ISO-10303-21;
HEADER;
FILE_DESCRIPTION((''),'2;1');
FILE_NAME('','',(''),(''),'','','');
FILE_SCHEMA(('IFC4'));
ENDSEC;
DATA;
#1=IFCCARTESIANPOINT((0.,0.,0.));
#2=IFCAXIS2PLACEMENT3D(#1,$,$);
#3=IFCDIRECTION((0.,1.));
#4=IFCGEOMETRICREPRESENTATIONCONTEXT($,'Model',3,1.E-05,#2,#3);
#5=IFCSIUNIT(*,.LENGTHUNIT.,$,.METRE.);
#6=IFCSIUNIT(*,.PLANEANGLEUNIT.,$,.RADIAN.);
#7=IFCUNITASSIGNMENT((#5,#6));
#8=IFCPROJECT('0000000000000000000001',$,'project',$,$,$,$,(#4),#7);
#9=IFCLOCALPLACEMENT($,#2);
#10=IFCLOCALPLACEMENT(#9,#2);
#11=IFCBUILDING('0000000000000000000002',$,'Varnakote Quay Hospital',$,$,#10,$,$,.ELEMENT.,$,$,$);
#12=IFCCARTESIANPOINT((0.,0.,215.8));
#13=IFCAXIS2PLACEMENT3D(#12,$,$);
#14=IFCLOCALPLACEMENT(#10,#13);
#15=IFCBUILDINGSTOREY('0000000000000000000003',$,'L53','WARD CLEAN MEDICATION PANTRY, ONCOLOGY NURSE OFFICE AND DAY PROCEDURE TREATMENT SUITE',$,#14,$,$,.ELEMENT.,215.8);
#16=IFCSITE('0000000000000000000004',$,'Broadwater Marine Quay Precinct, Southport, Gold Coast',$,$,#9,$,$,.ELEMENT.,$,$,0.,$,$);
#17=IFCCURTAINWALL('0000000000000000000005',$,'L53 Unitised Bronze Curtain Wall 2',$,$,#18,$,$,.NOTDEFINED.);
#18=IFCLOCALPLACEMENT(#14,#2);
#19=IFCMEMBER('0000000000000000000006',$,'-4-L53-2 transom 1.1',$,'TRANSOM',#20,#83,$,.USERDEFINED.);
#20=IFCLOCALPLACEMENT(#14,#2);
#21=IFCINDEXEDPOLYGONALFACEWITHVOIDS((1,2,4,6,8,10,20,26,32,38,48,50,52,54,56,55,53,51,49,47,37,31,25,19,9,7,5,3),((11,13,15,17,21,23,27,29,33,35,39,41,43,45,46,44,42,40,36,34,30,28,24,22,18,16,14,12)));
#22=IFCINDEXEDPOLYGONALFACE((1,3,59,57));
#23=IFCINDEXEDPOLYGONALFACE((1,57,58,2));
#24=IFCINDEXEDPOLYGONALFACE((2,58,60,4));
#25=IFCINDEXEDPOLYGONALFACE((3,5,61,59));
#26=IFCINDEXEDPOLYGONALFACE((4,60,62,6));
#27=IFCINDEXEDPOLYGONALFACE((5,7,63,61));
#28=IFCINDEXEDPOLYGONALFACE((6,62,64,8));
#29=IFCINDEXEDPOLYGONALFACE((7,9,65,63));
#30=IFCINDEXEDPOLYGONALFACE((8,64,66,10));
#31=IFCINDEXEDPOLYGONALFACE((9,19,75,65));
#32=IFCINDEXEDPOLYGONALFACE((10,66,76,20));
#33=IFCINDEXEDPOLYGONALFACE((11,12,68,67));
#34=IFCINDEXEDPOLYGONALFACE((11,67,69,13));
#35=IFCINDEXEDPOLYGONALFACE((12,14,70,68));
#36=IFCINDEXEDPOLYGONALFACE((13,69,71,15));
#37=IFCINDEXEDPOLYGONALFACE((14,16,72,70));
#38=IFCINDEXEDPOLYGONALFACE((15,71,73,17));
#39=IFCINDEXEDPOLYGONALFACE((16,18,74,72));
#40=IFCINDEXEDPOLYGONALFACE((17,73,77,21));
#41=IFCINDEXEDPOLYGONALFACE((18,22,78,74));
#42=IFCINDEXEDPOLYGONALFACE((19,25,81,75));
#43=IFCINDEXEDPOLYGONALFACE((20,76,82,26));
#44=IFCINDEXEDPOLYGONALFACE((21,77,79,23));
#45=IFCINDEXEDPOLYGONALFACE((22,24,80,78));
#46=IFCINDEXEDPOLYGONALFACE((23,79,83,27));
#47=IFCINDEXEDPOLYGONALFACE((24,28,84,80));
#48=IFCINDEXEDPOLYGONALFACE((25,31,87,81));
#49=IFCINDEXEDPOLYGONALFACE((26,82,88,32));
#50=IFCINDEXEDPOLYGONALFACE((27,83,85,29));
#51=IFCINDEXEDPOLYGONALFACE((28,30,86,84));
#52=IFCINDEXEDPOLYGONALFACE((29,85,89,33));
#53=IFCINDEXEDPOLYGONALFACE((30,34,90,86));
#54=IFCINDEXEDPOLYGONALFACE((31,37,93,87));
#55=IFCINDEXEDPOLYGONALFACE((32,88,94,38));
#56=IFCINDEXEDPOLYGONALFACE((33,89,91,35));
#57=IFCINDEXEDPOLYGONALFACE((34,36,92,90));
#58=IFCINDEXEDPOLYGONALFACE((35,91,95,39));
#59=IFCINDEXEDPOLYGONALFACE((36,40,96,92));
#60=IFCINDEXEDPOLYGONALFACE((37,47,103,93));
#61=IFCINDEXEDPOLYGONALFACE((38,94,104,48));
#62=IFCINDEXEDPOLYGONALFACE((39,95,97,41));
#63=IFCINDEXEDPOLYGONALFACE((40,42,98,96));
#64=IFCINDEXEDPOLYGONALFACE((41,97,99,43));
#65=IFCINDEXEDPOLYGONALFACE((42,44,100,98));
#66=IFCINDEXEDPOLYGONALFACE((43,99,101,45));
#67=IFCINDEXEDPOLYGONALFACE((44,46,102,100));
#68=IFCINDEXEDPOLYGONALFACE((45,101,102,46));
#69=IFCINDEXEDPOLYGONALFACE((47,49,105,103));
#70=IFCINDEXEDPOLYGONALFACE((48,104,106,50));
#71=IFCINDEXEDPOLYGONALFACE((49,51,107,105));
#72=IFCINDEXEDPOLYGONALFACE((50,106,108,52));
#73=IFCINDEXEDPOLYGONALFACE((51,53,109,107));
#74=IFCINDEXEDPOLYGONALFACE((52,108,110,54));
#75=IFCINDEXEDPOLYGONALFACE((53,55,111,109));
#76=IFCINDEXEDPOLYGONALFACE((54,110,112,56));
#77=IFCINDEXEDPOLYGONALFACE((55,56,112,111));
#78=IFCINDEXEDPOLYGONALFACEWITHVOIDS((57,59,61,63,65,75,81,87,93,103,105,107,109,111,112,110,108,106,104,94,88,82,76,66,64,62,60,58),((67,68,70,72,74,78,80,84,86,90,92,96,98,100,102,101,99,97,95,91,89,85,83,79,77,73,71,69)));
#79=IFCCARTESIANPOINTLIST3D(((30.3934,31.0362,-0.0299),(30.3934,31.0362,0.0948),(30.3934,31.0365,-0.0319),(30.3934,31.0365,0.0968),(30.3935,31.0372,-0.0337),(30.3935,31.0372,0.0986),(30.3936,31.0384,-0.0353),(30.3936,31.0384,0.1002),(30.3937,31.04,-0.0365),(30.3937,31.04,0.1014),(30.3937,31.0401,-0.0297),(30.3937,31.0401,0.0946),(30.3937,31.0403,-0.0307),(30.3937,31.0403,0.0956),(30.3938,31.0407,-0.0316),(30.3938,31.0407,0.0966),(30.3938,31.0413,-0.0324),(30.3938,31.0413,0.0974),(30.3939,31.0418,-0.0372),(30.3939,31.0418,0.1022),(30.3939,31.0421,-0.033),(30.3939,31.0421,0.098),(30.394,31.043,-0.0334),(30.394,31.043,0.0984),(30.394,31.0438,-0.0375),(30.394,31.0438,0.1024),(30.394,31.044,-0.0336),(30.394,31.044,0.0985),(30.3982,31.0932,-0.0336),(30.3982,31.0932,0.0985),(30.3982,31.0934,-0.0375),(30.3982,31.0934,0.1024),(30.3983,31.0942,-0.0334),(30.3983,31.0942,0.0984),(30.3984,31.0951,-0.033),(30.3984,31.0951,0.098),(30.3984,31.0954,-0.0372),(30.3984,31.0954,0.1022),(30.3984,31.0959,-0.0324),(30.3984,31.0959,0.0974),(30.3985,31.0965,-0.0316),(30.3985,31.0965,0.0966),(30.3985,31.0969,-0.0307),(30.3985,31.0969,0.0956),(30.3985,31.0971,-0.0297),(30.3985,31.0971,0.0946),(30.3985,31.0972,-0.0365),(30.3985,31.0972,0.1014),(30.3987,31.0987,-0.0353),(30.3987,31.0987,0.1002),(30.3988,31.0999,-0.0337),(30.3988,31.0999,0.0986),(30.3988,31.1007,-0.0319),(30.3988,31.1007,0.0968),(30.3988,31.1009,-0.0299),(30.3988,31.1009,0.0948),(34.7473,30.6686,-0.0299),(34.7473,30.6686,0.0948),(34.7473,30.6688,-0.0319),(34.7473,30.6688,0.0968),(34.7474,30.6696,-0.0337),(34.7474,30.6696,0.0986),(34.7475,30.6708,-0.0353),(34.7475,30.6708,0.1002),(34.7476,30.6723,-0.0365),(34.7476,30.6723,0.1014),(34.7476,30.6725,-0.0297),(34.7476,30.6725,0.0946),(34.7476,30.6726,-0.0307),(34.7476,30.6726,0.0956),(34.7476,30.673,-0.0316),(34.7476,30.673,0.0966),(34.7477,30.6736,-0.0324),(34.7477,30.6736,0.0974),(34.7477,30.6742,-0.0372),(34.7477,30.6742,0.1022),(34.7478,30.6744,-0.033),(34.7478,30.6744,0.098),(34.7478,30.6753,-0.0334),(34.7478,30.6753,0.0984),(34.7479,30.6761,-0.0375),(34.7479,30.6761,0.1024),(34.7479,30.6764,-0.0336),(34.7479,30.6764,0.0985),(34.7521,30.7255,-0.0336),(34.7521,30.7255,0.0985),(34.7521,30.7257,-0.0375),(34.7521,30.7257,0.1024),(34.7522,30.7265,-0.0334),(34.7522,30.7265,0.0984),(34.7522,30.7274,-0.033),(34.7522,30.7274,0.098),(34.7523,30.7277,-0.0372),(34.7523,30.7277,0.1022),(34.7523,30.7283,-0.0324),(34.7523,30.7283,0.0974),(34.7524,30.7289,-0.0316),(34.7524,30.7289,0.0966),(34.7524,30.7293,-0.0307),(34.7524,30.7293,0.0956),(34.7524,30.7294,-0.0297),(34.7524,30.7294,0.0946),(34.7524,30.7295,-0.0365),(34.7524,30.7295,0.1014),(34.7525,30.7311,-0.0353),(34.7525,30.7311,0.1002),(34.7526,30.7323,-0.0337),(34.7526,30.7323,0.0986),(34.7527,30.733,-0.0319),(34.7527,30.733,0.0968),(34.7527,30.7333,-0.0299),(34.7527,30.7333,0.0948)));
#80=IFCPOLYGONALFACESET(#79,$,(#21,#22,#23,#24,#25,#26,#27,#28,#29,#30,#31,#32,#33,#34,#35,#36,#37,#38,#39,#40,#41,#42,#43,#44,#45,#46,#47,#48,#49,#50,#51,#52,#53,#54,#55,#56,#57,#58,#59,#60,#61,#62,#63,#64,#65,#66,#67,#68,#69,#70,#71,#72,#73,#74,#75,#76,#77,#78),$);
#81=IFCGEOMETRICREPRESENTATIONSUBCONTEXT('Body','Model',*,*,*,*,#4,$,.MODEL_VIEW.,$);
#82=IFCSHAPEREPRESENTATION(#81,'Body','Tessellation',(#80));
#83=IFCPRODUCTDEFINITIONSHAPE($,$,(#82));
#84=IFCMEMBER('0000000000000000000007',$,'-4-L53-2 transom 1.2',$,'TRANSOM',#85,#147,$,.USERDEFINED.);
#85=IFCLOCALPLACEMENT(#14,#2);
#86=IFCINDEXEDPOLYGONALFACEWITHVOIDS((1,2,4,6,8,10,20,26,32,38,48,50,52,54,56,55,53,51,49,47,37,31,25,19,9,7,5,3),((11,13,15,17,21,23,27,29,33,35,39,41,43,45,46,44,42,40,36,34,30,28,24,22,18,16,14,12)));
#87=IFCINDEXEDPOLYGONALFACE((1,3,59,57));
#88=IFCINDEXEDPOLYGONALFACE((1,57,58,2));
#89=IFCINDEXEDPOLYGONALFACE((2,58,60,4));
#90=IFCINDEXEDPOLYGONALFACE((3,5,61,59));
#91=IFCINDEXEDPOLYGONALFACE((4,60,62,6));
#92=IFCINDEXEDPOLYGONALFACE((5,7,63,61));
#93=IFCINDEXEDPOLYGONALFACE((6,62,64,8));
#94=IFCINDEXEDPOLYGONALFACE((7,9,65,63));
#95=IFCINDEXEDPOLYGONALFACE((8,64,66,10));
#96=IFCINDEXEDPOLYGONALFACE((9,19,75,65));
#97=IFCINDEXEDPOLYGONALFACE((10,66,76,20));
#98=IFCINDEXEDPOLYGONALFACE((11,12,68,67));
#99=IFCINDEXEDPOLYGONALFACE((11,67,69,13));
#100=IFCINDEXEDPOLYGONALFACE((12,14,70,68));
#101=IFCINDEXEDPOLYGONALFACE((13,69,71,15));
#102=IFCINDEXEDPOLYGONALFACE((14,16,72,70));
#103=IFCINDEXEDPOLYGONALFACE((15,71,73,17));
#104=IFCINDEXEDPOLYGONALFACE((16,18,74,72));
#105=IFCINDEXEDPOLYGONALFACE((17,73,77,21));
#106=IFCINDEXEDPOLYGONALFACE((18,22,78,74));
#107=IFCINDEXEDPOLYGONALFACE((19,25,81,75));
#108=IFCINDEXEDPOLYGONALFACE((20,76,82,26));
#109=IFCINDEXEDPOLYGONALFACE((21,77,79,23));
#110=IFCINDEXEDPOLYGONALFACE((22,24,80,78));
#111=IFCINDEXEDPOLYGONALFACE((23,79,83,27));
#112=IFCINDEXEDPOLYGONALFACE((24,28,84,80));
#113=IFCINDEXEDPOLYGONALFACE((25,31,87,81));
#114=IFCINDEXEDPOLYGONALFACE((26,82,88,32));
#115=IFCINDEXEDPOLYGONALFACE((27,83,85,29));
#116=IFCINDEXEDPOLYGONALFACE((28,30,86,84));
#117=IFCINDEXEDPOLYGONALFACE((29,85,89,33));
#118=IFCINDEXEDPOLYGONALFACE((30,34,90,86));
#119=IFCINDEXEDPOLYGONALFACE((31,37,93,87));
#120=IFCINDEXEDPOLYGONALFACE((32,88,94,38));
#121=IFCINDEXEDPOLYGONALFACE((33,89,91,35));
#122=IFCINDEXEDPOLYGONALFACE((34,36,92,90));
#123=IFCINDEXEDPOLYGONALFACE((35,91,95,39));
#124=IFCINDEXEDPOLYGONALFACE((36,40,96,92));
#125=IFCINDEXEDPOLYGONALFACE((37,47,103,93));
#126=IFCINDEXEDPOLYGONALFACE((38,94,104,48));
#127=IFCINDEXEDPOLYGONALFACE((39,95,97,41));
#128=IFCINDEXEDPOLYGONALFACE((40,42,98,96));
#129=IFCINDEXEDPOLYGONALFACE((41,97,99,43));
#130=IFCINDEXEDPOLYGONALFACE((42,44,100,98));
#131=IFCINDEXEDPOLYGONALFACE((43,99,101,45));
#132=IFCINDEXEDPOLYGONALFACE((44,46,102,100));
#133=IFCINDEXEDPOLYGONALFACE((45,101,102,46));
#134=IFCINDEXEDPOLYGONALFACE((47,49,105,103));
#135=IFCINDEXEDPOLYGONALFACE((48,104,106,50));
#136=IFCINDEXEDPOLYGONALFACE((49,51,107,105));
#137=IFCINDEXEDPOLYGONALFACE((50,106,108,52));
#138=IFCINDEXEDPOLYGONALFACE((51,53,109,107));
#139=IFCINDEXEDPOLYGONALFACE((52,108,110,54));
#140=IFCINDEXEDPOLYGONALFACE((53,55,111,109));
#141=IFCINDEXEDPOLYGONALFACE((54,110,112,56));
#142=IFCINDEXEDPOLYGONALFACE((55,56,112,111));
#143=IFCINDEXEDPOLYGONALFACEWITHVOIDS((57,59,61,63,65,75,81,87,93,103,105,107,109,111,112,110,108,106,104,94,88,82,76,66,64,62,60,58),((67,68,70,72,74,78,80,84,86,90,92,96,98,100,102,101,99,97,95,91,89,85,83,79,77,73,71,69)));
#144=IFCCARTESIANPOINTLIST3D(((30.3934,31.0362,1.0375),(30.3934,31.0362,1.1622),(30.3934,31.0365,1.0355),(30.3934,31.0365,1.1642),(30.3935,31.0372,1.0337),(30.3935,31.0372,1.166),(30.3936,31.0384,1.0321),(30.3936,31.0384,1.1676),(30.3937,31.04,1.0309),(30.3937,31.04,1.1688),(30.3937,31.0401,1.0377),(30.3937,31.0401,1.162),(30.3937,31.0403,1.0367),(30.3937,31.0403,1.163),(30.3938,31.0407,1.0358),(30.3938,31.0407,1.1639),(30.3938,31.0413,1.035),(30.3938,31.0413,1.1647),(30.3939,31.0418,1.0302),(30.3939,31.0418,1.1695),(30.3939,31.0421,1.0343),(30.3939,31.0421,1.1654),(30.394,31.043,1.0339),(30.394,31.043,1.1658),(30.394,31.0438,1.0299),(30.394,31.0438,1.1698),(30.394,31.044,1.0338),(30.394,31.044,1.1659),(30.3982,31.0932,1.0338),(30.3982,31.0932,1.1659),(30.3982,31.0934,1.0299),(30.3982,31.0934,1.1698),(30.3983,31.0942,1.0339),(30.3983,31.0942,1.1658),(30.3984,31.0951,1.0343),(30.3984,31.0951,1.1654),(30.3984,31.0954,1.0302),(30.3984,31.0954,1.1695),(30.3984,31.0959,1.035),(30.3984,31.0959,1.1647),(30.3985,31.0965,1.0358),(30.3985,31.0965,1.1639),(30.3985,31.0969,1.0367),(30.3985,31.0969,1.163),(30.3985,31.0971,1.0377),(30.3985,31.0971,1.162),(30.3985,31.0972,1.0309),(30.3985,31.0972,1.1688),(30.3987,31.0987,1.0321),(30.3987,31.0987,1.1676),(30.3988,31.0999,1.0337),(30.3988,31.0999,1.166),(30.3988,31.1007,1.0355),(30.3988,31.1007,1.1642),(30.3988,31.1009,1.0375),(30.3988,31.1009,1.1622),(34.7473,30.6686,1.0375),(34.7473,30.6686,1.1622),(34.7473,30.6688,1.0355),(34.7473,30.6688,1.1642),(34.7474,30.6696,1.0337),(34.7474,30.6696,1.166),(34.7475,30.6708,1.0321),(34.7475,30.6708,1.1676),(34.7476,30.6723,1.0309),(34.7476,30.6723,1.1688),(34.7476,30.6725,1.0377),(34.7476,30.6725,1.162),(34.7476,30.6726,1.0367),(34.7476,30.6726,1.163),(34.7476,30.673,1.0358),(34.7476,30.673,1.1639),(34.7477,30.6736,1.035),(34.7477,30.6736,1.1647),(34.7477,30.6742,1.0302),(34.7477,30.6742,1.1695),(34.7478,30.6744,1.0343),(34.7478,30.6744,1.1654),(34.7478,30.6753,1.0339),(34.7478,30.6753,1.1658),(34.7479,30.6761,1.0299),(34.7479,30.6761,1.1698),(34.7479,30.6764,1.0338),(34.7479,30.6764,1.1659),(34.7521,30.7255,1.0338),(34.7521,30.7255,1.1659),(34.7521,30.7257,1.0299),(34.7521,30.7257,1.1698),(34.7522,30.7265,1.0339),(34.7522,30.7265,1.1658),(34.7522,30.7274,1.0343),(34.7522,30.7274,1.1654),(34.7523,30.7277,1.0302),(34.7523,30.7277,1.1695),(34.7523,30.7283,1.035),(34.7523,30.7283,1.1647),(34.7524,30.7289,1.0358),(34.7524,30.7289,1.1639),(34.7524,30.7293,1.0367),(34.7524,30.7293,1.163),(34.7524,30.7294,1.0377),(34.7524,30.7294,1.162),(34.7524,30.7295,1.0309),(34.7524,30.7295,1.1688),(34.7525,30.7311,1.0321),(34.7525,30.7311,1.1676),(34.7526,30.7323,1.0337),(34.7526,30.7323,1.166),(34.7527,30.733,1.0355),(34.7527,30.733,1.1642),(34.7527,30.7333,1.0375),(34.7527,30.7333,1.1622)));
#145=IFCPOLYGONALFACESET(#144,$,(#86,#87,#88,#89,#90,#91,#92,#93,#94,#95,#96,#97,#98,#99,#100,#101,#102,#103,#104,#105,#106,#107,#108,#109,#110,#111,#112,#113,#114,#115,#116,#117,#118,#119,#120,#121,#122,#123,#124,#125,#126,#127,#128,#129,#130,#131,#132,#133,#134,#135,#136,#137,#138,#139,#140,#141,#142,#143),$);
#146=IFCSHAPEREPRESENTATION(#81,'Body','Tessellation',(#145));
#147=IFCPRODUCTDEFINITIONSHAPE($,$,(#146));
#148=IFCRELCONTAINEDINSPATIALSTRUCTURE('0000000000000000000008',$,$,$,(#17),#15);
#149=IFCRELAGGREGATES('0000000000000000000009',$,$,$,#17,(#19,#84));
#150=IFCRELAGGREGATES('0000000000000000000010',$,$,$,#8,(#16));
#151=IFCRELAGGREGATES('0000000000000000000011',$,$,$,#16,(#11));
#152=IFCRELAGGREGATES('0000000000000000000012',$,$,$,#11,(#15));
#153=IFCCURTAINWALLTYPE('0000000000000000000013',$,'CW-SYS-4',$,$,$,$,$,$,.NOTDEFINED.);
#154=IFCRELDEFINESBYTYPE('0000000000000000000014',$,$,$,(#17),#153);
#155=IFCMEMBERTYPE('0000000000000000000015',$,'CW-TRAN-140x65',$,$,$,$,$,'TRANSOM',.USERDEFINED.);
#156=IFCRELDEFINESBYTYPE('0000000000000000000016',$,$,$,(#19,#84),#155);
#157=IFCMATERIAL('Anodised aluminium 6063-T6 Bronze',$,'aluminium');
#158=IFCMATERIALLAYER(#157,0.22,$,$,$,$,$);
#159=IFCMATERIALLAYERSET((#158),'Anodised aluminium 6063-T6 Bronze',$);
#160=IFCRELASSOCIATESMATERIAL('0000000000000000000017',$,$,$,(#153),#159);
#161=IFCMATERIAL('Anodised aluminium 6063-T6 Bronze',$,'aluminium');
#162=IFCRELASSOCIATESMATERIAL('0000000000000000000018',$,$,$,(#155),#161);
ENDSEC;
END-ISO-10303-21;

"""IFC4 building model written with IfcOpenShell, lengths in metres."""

from ifc_helpers import new_model, si_unit, direction, frame, origin, origin_2d, place, context, subcontext, project, spatial, hollow_rectangle, extrude, material, layer, layer_set, material_profile, profile_set, type_object, element, aggregate, save


model = new_model("IFC4")

# Units and contexts
model_context = context("Model", 3, precision=1e-05, world=origin(), true_north=direction((0.0, 1.0)))
body_context = subcontext(model_context, "Body", "Model", "MODEL_VIEW")
ifc_project = project(units=[si_unit("LENGTHUNIT", "METRE"), si_unit("PLANEANGLEUNIT", "RADIAN")], contexts=[model_context])

# Site, building, storey
site_placement = place(None, origin())
site = spatial("IfcSite", under=ifc_project, at=site_placement, Name="Broadwater Marine Quay Precinct, Southport, Gold Coast", CompositionType="ELEMENT", RefElevation=0.0)
building_placement = place(site_placement, origin())
building = spatial("IfcBuilding", under=site, at=building_placement, Name="Varnakote Quay Hospital", CompositionType="ELEMENT")
storey_placement = place(building_placement, frame((0.0, 0.0, 215.8)))
storey = spatial("IfcBuildingStorey", under=building, at=storey_placement, Name="L53", Description="WARD CLEAN MEDICATION PANTRY, ONCOLOGY NURSE OFFICE AND DAY PROCEDURE TREATMENT SUITE", CompositionType="ELEMENT", Elevation=215.8)

# Curtain wall, members
ifc_material_1 = material(Name="Anodised aluminium 6063-T6 Bronze", Category="aluminium")
ifc_layer_1 = layer(ifc_material_1, 0.22)
ifc_layer_set_1 = layer_set([ifc_layer_1], Name="Anodised aluminium 6063-T6 Bronze")
curtain_wall_type = type_object("IfcCurtainWallType", Name="CW-SYS-4", PredefinedType="NOTDEFINED", material=ifc_layer_set_1)
curtain_wall_placement = place(storey_placement, origin())
curtain_wall = element("IfcCurtainWall", 1, at=curtain_wall_placement, inside=storey, type_object=curtain_wall_type, Name="L53 Unitised Bronze Curtain Wall 2", PredefinedType="NOTDEFINED")
ifc_material_2 = material(Name="Anodised aluminium 6063-T6 Bronze", Category="aluminium")
ifc_material_profile_1 = material_profile(ifc_material_2, hollow_rectangle(XDim=0.0649, YDim=0.1399, WallThickness=0.0039, InnerFilletRadius=0.0039, OuterFilletRadius=0.0076, at=origin_2d()), Name="CW-TRAN-140x65")
ifc_profile_set_1 = profile_set([ifc_material_profile_1], Name="Anodised aluminium 6063-T6 Bronze")
member_type_1 = type_object("IfcMemberType", Name="CW-TRAN-140x65", ElementType="TRANSOM", PredefinedType="USERDEFINED", material=ifc_profile_set_1)
member_1_placement = place(storey_placement, frame((34.75, 30.7009, 0.0325), z_axis=(-0.996453, 0.084146, 0.0), x_axis=(-0.084146, -0.996453, 0.0)))
member_1 = element("IfcMember", 2, at=member_1_placement, type_object=member_type_1, Name="-4-L53-2 transom 1.1", ObjectType="TRANSOM", PredefinedType="USERDEFINED", context=body_context, shape_type="SweptSolid", body=[
    extrude(hollow_rectangle(XDim=0.0649, YDim=0.1399, WallThickness=0.0039, InnerFilletRadius=0.0039, OuterFilletRadius=0.0076, at=origin_2d()), origin(), (0.0, 0.0, 1.0), 4.3694),
])
member_2_placement = place(storey_placement, frame((34.75, 30.7009, 1.0999), z_axis=(-0.996453, 0.084146, 0.0), x_axis=(-0.084146, -0.996453, 0.0)))
member_2 = element("IfcMember", 3, at=member_2_placement, type_object=member_type_1, Name="-4-L53-2 transom 1.2", ObjectType="TRANSOM", PredefinedType="USERDEFINED", context=body_context, shape_type="SweptSolid", body=[
    extrude(hollow_rectangle(XDim=0.0649, YDim=0.1399, WallThickness=0.0039, InnerFilletRadius=0.0039, OuterFilletRadius=0.0076, at=origin_2d()), origin(), (0.0, 0.0, 1.0), 4.3694),
])

aggregate(curtain_wall, [member_1, member_2])

save(model, "model.ifc")
